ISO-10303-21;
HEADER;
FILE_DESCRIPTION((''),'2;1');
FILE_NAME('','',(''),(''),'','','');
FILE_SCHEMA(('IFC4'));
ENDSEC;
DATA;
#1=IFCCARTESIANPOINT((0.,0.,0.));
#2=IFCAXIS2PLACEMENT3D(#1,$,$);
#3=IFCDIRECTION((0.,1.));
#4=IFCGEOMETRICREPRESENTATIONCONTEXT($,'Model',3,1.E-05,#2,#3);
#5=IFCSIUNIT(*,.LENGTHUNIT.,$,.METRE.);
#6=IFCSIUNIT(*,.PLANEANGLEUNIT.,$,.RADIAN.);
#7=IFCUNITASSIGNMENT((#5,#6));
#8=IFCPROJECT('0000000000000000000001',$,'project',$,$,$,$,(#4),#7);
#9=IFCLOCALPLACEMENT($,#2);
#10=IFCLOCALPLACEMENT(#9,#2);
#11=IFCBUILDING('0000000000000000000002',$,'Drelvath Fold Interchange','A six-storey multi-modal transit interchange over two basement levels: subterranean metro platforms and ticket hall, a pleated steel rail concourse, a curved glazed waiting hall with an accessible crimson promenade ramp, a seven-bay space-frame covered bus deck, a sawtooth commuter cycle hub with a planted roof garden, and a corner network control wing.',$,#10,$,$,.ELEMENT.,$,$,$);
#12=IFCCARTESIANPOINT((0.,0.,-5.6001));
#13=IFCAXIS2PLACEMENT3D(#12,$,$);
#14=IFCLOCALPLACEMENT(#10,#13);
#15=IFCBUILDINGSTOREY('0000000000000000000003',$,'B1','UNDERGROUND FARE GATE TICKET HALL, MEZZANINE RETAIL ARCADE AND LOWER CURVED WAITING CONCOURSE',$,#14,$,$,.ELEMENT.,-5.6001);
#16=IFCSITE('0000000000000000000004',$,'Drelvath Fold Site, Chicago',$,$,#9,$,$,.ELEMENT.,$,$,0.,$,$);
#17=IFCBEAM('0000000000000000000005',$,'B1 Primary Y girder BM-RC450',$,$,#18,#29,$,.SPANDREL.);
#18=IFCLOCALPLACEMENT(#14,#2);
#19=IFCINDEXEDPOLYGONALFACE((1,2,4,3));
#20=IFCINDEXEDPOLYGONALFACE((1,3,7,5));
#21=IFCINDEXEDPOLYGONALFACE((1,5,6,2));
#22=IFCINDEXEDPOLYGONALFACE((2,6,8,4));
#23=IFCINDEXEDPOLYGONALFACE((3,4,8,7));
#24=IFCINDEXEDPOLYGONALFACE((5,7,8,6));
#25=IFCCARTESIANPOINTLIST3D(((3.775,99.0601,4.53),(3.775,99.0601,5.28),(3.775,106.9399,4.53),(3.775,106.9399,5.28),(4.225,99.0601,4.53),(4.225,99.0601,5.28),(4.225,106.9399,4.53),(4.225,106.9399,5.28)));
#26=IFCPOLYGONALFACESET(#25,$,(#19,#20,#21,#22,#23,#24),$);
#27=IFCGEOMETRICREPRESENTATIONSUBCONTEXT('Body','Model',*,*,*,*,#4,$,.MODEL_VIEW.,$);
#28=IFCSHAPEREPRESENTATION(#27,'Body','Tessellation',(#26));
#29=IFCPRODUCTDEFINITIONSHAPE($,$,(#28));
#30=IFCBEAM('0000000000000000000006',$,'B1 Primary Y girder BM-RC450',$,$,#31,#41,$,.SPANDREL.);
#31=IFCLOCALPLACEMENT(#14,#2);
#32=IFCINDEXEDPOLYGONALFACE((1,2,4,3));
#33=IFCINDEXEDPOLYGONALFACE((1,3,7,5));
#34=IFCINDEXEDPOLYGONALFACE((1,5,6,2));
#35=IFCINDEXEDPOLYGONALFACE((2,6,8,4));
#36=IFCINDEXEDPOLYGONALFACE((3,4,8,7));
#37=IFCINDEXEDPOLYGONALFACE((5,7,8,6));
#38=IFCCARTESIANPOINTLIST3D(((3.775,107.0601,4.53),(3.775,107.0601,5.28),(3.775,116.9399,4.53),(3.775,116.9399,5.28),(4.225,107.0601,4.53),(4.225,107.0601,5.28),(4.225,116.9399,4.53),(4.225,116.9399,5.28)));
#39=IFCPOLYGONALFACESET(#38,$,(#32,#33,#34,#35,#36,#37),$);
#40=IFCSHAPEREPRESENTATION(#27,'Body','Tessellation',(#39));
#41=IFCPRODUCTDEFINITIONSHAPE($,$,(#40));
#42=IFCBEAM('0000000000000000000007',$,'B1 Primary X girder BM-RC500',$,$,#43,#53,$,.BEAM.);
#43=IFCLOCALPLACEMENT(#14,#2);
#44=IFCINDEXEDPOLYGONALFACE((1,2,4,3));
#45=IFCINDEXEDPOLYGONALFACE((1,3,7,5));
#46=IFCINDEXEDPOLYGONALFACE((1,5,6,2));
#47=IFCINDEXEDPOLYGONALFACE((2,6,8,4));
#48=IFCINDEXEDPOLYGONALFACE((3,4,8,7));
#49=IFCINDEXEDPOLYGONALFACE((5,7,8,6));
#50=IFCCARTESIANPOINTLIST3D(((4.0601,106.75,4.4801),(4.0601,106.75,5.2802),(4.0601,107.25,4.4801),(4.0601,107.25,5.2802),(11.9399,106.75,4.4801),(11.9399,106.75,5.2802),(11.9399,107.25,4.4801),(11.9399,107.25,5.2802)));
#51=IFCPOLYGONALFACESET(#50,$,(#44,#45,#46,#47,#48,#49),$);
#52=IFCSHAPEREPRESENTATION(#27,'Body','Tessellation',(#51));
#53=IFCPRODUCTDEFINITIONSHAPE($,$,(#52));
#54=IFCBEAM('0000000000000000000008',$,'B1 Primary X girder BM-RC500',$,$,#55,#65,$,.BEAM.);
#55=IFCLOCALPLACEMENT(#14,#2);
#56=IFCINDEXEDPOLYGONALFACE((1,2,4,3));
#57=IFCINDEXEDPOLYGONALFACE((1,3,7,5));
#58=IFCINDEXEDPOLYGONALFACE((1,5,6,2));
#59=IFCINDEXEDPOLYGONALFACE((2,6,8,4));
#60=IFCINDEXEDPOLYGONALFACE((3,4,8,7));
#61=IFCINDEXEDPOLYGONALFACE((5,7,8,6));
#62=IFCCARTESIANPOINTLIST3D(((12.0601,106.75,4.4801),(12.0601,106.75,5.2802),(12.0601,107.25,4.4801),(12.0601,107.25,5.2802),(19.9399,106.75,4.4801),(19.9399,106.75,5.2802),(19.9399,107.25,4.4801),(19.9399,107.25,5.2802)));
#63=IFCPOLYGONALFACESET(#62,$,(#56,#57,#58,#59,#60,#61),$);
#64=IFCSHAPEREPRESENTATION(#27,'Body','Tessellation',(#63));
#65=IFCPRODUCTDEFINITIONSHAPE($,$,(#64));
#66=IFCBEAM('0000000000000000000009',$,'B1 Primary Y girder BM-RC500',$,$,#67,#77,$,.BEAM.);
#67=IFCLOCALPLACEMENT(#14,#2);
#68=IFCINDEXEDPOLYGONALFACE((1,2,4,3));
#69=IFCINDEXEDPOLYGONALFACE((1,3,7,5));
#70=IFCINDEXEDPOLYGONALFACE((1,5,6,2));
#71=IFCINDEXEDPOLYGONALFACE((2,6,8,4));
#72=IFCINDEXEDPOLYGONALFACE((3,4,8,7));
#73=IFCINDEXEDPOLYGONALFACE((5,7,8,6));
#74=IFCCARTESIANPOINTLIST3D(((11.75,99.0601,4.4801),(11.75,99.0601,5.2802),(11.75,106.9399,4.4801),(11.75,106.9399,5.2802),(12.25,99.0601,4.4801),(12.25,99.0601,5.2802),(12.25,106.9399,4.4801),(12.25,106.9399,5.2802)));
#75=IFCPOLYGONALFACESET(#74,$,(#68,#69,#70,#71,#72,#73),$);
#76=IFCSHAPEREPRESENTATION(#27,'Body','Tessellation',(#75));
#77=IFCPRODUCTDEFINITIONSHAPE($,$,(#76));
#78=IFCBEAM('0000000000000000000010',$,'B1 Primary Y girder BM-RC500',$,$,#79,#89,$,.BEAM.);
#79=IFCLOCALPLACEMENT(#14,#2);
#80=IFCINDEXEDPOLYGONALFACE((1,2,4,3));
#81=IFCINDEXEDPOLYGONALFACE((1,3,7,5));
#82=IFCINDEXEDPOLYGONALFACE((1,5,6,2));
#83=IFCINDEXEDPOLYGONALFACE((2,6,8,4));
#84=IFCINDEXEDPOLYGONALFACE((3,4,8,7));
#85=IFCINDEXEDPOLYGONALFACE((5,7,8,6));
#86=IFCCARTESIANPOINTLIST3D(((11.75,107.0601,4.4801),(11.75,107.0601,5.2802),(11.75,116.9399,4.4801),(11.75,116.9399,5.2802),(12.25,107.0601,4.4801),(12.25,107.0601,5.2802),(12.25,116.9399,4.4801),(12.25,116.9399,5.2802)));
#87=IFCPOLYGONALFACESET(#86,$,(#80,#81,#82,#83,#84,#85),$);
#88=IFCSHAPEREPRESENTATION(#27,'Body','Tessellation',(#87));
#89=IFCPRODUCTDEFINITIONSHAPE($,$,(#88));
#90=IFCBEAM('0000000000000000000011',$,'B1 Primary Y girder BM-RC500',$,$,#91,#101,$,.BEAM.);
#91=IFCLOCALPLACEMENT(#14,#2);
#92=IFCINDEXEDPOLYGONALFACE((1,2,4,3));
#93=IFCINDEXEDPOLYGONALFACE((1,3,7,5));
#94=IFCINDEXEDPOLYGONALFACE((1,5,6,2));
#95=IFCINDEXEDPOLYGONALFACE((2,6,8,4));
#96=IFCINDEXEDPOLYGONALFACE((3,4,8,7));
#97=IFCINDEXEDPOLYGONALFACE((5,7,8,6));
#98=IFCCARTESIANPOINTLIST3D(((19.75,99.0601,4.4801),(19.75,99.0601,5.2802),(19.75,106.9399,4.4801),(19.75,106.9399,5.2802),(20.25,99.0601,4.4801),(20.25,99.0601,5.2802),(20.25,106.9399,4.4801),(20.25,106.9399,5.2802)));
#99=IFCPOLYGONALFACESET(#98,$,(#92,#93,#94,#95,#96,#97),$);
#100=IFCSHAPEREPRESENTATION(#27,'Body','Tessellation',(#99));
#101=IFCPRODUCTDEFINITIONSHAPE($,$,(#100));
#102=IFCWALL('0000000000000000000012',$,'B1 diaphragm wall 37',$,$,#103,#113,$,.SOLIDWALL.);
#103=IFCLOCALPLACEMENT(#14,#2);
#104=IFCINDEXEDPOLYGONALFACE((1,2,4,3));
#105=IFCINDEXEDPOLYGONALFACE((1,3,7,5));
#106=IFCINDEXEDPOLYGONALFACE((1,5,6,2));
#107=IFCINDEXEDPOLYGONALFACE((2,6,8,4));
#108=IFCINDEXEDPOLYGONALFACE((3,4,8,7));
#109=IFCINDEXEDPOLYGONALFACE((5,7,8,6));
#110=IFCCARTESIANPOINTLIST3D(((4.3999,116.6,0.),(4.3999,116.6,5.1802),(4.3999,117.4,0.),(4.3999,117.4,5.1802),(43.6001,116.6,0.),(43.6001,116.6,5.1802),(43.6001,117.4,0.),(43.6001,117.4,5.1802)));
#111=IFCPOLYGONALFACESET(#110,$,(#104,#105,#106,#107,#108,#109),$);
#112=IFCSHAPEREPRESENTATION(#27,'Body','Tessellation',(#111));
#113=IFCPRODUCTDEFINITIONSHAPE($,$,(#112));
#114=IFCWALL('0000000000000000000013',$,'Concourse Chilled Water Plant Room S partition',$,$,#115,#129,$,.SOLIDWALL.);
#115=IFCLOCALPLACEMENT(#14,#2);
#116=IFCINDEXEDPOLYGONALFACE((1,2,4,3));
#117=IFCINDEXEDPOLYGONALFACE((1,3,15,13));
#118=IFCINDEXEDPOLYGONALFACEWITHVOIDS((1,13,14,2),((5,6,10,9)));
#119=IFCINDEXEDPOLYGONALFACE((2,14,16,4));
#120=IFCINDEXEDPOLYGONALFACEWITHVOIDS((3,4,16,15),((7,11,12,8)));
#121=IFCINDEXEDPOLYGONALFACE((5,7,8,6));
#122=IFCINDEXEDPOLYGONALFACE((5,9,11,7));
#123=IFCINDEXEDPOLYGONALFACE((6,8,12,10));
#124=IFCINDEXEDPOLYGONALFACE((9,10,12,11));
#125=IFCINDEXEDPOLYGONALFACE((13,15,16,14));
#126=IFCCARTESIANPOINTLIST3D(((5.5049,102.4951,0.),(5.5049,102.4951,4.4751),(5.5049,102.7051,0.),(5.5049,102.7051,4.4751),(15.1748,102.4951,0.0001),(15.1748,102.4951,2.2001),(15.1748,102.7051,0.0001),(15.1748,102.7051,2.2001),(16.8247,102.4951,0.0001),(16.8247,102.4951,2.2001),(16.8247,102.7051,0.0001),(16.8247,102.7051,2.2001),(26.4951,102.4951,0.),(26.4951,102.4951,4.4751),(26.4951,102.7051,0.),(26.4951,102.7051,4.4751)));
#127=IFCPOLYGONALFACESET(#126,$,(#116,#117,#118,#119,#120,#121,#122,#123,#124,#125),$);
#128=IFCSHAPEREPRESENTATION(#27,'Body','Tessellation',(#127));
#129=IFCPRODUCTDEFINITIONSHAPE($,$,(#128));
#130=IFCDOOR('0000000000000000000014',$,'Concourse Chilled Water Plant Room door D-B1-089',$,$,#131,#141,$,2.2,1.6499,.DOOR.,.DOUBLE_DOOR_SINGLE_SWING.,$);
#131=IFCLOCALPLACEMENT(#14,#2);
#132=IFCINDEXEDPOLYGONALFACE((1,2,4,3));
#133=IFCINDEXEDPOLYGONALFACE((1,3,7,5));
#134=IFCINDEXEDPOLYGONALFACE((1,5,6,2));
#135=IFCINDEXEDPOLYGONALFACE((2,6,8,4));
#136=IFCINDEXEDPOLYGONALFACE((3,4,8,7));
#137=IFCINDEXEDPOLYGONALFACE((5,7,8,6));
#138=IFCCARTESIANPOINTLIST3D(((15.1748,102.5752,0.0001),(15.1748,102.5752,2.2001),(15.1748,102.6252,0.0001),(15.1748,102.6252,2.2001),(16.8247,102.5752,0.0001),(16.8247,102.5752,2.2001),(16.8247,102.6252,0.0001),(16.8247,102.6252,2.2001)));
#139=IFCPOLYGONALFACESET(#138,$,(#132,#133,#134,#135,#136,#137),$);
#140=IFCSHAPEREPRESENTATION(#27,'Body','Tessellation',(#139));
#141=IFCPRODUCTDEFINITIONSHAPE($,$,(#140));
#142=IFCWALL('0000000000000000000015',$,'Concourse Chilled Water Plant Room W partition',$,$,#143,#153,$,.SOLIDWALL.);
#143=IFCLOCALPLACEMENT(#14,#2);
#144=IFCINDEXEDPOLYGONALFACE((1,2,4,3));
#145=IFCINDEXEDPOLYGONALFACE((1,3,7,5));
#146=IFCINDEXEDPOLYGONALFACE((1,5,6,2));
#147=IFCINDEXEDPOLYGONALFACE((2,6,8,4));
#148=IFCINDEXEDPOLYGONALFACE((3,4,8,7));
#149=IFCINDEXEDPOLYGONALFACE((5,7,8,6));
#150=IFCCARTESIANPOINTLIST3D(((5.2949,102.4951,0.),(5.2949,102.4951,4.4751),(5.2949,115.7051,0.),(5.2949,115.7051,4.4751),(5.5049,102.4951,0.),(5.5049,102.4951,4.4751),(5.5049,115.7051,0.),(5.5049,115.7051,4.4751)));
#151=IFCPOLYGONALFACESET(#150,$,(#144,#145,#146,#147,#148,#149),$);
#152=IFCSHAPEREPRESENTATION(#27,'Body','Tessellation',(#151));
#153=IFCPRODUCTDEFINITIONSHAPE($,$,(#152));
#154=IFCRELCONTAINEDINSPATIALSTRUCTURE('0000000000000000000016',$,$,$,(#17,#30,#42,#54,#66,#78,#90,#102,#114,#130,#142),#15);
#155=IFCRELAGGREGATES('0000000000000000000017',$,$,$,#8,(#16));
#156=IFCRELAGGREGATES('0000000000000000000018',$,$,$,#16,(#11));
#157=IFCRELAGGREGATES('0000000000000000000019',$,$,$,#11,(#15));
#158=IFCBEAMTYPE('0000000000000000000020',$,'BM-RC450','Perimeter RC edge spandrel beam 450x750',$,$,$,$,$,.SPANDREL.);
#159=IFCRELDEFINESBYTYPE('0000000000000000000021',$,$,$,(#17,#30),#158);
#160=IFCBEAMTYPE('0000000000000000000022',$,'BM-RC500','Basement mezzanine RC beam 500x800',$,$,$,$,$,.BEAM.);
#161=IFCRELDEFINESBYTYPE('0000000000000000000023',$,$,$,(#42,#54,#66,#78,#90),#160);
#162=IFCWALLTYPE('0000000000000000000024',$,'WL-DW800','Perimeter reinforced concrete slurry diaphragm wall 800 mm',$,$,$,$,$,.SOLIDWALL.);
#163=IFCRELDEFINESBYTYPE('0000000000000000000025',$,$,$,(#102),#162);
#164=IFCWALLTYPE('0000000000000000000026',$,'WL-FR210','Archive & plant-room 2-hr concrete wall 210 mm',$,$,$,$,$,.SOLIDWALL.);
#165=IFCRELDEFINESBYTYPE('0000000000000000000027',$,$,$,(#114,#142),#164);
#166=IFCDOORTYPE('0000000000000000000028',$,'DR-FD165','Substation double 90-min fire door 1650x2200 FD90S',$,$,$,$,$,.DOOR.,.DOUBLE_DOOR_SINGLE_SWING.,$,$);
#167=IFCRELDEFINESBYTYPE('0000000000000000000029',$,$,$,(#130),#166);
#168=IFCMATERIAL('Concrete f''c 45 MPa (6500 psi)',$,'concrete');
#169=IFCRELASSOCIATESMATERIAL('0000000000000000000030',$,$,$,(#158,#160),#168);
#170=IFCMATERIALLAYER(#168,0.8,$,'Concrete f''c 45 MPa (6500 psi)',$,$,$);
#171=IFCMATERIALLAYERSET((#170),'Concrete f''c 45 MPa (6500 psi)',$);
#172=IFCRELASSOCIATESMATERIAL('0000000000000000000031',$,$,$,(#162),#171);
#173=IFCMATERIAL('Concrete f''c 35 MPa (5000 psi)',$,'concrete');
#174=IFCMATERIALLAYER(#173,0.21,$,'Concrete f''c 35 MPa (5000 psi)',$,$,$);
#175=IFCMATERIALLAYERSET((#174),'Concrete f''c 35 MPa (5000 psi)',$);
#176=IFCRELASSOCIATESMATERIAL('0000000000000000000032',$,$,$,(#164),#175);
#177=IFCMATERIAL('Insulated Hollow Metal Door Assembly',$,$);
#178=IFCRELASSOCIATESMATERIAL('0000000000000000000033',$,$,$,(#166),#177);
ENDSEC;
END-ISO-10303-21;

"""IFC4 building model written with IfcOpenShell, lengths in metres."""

from ifc_helpers import new_model, si_unit, direction, frame, frame_2d, origin, origin_2d, place, context, subcontext, project, spatial, rectangle, extrude, material, layer, layer_set, material_profile, profile_set, type_object, element, fill, save


model = new_model("IFC4")

# Units and contexts
model_context = context("Model", 3, precision=1e-05, world=origin(), true_north=direction((0.0, 1.0)))
body_context = subcontext(model_context, "Body", "Model", "MODEL_VIEW")
ifc_project = project(units=[si_unit("LENGTHUNIT", "METRE"), si_unit("PLANEANGLEUNIT", "RADIAN")], contexts=[model_context])

# Site, building, storey
site_placement = place(None, origin())
site = spatial("IfcSite", under=ifc_project, at=site_placement, Name="Drelvath Fold Site, Chicago", CompositionType="ELEMENT", RefElevation=0.0)
building_placement = place(site_placement, origin())
building = spatial("IfcBuilding", under=site, at=building_placement, Name="Drelvath Fold Interchange", Description="A six-storey multi-modal transit interchange over two basement levels: subterranean metro platforms and ticket hall, a pleated steel rail concourse, a curved glazed waiting hall with an accessible crimson promenade ramp, a seven-bay space-frame covered bus deck, a sawtooth commuter cycle hub with a planted roof garden, and a corner network control wing.", CompositionType="ELEMENT")
storey_placement = place(building_placement, frame((0.0, 0.0, -5.6001)))
storey = spatial("IfcBuildingStorey", under=building, at=storey_placement, Name="B1", Description="UNDERGROUND FARE GATE TICKET HALL, MEZZANINE RETAIL ARCADE AND LOWER CURVED WAITING CONCOURSE", CompositionType="ELEMENT", Elevation=-5.6001)

# Beams
ifc_material_1 = material(Name="Concrete f'c 45 MPa (6500 psi)", Category="concrete")
ifc_material_profile_1 = material_profile(ifc_material_1, rectangle(XDim=0.45, YDim=0.75, at=origin_2d()), Name="RC 450x750")
ifc_profile_set_1 = profile_set([ifc_material_profile_1], Name="Concrete f'c 45 MPa (6500 psi)")
beam_type_1 = type_object("IfcBeamType", Name="BM-RC450", Description="Perimeter RC edge spandrel beam 450x750", PredefinedType="SPANDREL", material=ifc_profile_set_1)
for number, where, z_axis, x_axis, name in (
    (1, (4.0, 99.0601, 4.905), (0.0, 1.0, 0.0), (-1.0, 0.0, 0.0), "B1 Primary Y girder BM-RC450"),
):
    element("IfcBeam", number, at=place(storey_placement, frame(where, z_axis=z_axis, x_axis=x_axis)), inside=storey, type_object=beam_type_1, Name=name, PredefinedType="SPANDREL", context=body_context, shape_type="SweptSolid", body=[
        extrude(rectangle(XDim=0.45, YDim=0.75, at=origin_2d()), origin(), (0.0, 0.0, 1.0), 7.8799),
    ])
beam_1_placement = place(storey_placement, frame((4.0, 107.0601, 4.905), z_axis=(0.0, 1.0, 0.0), x_axis=(-1.0, 0.0, 0.0)))
element("IfcBeam", 2, at=beam_1_placement, inside=storey, type_object=beam_type_1, Name="B1 Primary Y girder BM-RC450", PredefinedType="SPANDREL", context=body_context, shape_type="SweptSolid", body=[
    extrude(rectangle(XDim=0.45, YDim=0.75, at=origin_2d()), origin(), (0.0, 0.0, 1.0), 9.8799),
])
ifc_material_profile_2 = material_profile(ifc_material_1, rectangle(XDim=0.5, YDim=0.8, at=origin_2d()), Name="RC 500x800")
ifc_profile_set_2 = profile_set([ifc_material_profile_2], Name="Concrete f'c 45 MPa (6500 psi)")
beam_type_2 = type_object("IfcBeamType", Name="BM-RC500", Description="Basement mezzanine RC beam 500x800", PredefinedType="BEAM", material=ifc_profile_set_2)
for number, where, z_axis, x_axis, name in (
    (3, (4.0601, 107.0, 4.8801), (1.0, 0.0, 0.0), (0.0, 1.0, 0.0), "B1 Primary X girder BM-RC500"),
    (4, (12.0601, 107.0, 4.8801), (1.0, 0.0, 0.0), (0.0, 1.0, 0.0), "B1 Primary X girder BM-RC500"),
    (5, (12.0, 99.0601, 4.8801), (0.0, 1.0, 0.0), (-1.0, 0.0, 0.0), "B1 Primary Y girder BM-RC500"),
):
    element("IfcBeam", number, at=place(storey_placement, frame(where, z_axis=z_axis, x_axis=x_axis)), inside=storey, type_object=beam_type_2, Name=name, PredefinedType="BEAM", context=body_context, shape_type="SweptSolid", body=[
        extrude(rectangle(XDim=0.5, YDim=0.8, at=origin_2d()), origin(), (0.0, 0.0, 1.0), 7.8799),
    ])
beam_2_placement = place(storey_placement, frame((12.0, 107.0601, 4.8801), z_axis=(0.0, 1.0, 0.0), x_axis=(-1.0, 0.0, 0.0)))
element("IfcBeam", 6, at=beam_2_placement, inside=storey, type_object=beam_type_2, Name="B1 Primary Y girder BM-RC500", PredefinedType="BEAM", context=body_context, shape_type="SweptSolid", body=[
    extrude(rectangle(XDim=0.5, YDim=0.8, at=origin_2d()), origin(), (0.0, 0.0, 1.0), 9.8799),
])
beam_3_placement = place(storey_placement, frame((20.0, 99.0601, 4.8801), z_axis=(0.0, 1.0, 0.0), x_axis=(-1.0, 0.0, 0.0)))
element("IfcBeam", 7, at=beam_3_placement, inside=storey, type_object=beam_type_2, Name="B1 Primary Y girder BM-RC500", PredefinedType="BEAM", context=body_context, shape_type="SweptSolid", body=[
    extrude(rectangle(XDim=0.5, YDim=0.8, at=origin_2d()), origin(), (0.0, 0.0, 1.0), 7.8799),
])

# Wall
ifc_layer_1 = layer(ifc_material_1, 0.8, Name="Concrete f'c 45 MPa (6500 psi)")
ifc_layer_set_1 = layer_set([ifc_layer_1], Name="Concrete f'c 45 MPa (6500 psi)")
wall_type_1 = type_object("IfcWallType", Name="WL-DW800", Description="Perimeter reinforced concrete slurry diaphragm wall 800 mm", PredefinedType="SOLIDWALL", material=ifc_layer_set_1)
wall_1_placement = place(storey_placement, frame((4.3999, 117.0, 0.0), z_axis=(0.0, 0.0, 1.0), x_axis=(1.0, 0.0, 0.0)))
element("IfcWall", 8, at=wall_1_placement, inside=storey, type_object=wall_type_1, Name="B1 diaphragm wall 37", PredefinedType="SOLIDWALL", context=body_context, shape_type="SweptSolid", body=[
    extrude(rectangle(XDim=39.2002, YDim=0.8, at=frame_2d((19.6001, 0.0))), origin(), (0.0, 0.0, 1.0), 5.1802),
])

# Wall, opening, door
ifc_material_2 = material(Name="Concrete f'c 35 MPa (5000 psi)", Category="concrete")
ifc_layer_2 = layer(ifc_material_2, 0.21, Name="Concrete f'c 35 MPa (5000 psi)")
ifc_layer_set_2 = layer_set([ifc_layer_2], Name="Concrete f'c 35 MPa (5000 psi)")
wall_type_2 = type_object("IfcWallType", Name="WL-FR210", Description="Archive & plant-room 2-hr concrete wall 210 mm", PredefinedType="SOLIDWALL", material=ifc_layer_set_2)
wall_2_placement = place(storey_placement, frame((5.5049, 102.6001, 0.0), z_axis=(0.0, 0.0, 1.0), x_axis=(1.0, 0.0, 0.0)))
wall_2 = element("IfcWall", 9, at=wall_2_placement, inside=storey, type_object=wall_type_2, Name="Concourse Chilled Water Plant Room S partition", PredefinedType="SOLIDWALL", context=body_context, shape_type="SweptSolid", body=[
    extrude(rectangle(XDim=20.9902, YDim=0.21, at=frame_2d((10.4951, 0.0))), origin(), (0.0, 0.0, 1.0), 4.4751),
])
opening_placement = place(wall_2_placement, frame((9.6699, 0.0, 0.0)))
opening = element("IfcOpeningElement", 10, at=opening_placement, cuts=wall_2, PredefinedType="OPENING", context=body_context, shape_type="SweptSolid", body=[
    extrude(rectangle(XDim=1.6499, YDim=2.2, at=frame_2d((0.825, 1.1001))), frame((0.0, 0.115, 0.0), z_axis=(0.0, -1.0, 0.0), x_axis=(1.0, 0.0, 0.0)), (0.0, 0.0, 1.0), 0.23),
])
ifc_material_3 = material(Name="Insulated Hollow Metal Door Assembly")
door_type = type_object("IfcDoorType", Name="DR-FD165", Description="Substation double 90-min fire door 1650x2200 FD90S", OperationType="DOUBLE_DOOR_SINGLE_SWING", PredefinedType="DOOR", material=ifc_material_3)
door_placement = place(opening_placement, frame((1.6499, 0.0, 0.0), z_axis=(0.0, 0.0, 1.0), x_axis=(-1.0, 0.0, 0.0)))
door = element("IfcDoor", 11, at=door_placement, inside=storey, type_object=door_type, Name="Concourse Chilled Water Plant Room door D-B1-089", OperationType="DOUBLE_DOOR_SINGLE_SWING", OverallHeight=2.2, OverallWidth=1.6499, PredefinedType="DOOR", context=body_context, shape_type="SweptSolid", body=[
    extrude(rectangle(XDim=1.6499, YDim=2.2, at=frame_2d((0.825, 1.1001))), frame((0.0, 0.0249, 0.0), z_axis=(0.0, -1.0, 0.0), x_axis=(1.0, 0.0, 0.0)), (0.0, 0.0, 1.0), 0.05),
])
fill(opening, door)

# Wall
wall_3_placement = place(storey_placement, frame((5.3999, 115.7051, 0.0), z_axis=(0.0, 0.0, 1.0), x_axis=(0.0, -1.0, 0.0)))
element("IfcWall", 12, at=wall_3_placement, inside=storey, type_object=wall_type_2, Name="Concourse Chilled Water Plant Room W partition", PredefinedType="SOLIDWALL", context=body_context, shape_type="SweptSolid", body=[
    extrude(rectangle(XDim=13.21, YDim=0.21, at=frame_2d((6.605, 0.0))), origin(), (0.0, 0.0, 1.0), 4.4751),
])

save(model, "model.ifc")
